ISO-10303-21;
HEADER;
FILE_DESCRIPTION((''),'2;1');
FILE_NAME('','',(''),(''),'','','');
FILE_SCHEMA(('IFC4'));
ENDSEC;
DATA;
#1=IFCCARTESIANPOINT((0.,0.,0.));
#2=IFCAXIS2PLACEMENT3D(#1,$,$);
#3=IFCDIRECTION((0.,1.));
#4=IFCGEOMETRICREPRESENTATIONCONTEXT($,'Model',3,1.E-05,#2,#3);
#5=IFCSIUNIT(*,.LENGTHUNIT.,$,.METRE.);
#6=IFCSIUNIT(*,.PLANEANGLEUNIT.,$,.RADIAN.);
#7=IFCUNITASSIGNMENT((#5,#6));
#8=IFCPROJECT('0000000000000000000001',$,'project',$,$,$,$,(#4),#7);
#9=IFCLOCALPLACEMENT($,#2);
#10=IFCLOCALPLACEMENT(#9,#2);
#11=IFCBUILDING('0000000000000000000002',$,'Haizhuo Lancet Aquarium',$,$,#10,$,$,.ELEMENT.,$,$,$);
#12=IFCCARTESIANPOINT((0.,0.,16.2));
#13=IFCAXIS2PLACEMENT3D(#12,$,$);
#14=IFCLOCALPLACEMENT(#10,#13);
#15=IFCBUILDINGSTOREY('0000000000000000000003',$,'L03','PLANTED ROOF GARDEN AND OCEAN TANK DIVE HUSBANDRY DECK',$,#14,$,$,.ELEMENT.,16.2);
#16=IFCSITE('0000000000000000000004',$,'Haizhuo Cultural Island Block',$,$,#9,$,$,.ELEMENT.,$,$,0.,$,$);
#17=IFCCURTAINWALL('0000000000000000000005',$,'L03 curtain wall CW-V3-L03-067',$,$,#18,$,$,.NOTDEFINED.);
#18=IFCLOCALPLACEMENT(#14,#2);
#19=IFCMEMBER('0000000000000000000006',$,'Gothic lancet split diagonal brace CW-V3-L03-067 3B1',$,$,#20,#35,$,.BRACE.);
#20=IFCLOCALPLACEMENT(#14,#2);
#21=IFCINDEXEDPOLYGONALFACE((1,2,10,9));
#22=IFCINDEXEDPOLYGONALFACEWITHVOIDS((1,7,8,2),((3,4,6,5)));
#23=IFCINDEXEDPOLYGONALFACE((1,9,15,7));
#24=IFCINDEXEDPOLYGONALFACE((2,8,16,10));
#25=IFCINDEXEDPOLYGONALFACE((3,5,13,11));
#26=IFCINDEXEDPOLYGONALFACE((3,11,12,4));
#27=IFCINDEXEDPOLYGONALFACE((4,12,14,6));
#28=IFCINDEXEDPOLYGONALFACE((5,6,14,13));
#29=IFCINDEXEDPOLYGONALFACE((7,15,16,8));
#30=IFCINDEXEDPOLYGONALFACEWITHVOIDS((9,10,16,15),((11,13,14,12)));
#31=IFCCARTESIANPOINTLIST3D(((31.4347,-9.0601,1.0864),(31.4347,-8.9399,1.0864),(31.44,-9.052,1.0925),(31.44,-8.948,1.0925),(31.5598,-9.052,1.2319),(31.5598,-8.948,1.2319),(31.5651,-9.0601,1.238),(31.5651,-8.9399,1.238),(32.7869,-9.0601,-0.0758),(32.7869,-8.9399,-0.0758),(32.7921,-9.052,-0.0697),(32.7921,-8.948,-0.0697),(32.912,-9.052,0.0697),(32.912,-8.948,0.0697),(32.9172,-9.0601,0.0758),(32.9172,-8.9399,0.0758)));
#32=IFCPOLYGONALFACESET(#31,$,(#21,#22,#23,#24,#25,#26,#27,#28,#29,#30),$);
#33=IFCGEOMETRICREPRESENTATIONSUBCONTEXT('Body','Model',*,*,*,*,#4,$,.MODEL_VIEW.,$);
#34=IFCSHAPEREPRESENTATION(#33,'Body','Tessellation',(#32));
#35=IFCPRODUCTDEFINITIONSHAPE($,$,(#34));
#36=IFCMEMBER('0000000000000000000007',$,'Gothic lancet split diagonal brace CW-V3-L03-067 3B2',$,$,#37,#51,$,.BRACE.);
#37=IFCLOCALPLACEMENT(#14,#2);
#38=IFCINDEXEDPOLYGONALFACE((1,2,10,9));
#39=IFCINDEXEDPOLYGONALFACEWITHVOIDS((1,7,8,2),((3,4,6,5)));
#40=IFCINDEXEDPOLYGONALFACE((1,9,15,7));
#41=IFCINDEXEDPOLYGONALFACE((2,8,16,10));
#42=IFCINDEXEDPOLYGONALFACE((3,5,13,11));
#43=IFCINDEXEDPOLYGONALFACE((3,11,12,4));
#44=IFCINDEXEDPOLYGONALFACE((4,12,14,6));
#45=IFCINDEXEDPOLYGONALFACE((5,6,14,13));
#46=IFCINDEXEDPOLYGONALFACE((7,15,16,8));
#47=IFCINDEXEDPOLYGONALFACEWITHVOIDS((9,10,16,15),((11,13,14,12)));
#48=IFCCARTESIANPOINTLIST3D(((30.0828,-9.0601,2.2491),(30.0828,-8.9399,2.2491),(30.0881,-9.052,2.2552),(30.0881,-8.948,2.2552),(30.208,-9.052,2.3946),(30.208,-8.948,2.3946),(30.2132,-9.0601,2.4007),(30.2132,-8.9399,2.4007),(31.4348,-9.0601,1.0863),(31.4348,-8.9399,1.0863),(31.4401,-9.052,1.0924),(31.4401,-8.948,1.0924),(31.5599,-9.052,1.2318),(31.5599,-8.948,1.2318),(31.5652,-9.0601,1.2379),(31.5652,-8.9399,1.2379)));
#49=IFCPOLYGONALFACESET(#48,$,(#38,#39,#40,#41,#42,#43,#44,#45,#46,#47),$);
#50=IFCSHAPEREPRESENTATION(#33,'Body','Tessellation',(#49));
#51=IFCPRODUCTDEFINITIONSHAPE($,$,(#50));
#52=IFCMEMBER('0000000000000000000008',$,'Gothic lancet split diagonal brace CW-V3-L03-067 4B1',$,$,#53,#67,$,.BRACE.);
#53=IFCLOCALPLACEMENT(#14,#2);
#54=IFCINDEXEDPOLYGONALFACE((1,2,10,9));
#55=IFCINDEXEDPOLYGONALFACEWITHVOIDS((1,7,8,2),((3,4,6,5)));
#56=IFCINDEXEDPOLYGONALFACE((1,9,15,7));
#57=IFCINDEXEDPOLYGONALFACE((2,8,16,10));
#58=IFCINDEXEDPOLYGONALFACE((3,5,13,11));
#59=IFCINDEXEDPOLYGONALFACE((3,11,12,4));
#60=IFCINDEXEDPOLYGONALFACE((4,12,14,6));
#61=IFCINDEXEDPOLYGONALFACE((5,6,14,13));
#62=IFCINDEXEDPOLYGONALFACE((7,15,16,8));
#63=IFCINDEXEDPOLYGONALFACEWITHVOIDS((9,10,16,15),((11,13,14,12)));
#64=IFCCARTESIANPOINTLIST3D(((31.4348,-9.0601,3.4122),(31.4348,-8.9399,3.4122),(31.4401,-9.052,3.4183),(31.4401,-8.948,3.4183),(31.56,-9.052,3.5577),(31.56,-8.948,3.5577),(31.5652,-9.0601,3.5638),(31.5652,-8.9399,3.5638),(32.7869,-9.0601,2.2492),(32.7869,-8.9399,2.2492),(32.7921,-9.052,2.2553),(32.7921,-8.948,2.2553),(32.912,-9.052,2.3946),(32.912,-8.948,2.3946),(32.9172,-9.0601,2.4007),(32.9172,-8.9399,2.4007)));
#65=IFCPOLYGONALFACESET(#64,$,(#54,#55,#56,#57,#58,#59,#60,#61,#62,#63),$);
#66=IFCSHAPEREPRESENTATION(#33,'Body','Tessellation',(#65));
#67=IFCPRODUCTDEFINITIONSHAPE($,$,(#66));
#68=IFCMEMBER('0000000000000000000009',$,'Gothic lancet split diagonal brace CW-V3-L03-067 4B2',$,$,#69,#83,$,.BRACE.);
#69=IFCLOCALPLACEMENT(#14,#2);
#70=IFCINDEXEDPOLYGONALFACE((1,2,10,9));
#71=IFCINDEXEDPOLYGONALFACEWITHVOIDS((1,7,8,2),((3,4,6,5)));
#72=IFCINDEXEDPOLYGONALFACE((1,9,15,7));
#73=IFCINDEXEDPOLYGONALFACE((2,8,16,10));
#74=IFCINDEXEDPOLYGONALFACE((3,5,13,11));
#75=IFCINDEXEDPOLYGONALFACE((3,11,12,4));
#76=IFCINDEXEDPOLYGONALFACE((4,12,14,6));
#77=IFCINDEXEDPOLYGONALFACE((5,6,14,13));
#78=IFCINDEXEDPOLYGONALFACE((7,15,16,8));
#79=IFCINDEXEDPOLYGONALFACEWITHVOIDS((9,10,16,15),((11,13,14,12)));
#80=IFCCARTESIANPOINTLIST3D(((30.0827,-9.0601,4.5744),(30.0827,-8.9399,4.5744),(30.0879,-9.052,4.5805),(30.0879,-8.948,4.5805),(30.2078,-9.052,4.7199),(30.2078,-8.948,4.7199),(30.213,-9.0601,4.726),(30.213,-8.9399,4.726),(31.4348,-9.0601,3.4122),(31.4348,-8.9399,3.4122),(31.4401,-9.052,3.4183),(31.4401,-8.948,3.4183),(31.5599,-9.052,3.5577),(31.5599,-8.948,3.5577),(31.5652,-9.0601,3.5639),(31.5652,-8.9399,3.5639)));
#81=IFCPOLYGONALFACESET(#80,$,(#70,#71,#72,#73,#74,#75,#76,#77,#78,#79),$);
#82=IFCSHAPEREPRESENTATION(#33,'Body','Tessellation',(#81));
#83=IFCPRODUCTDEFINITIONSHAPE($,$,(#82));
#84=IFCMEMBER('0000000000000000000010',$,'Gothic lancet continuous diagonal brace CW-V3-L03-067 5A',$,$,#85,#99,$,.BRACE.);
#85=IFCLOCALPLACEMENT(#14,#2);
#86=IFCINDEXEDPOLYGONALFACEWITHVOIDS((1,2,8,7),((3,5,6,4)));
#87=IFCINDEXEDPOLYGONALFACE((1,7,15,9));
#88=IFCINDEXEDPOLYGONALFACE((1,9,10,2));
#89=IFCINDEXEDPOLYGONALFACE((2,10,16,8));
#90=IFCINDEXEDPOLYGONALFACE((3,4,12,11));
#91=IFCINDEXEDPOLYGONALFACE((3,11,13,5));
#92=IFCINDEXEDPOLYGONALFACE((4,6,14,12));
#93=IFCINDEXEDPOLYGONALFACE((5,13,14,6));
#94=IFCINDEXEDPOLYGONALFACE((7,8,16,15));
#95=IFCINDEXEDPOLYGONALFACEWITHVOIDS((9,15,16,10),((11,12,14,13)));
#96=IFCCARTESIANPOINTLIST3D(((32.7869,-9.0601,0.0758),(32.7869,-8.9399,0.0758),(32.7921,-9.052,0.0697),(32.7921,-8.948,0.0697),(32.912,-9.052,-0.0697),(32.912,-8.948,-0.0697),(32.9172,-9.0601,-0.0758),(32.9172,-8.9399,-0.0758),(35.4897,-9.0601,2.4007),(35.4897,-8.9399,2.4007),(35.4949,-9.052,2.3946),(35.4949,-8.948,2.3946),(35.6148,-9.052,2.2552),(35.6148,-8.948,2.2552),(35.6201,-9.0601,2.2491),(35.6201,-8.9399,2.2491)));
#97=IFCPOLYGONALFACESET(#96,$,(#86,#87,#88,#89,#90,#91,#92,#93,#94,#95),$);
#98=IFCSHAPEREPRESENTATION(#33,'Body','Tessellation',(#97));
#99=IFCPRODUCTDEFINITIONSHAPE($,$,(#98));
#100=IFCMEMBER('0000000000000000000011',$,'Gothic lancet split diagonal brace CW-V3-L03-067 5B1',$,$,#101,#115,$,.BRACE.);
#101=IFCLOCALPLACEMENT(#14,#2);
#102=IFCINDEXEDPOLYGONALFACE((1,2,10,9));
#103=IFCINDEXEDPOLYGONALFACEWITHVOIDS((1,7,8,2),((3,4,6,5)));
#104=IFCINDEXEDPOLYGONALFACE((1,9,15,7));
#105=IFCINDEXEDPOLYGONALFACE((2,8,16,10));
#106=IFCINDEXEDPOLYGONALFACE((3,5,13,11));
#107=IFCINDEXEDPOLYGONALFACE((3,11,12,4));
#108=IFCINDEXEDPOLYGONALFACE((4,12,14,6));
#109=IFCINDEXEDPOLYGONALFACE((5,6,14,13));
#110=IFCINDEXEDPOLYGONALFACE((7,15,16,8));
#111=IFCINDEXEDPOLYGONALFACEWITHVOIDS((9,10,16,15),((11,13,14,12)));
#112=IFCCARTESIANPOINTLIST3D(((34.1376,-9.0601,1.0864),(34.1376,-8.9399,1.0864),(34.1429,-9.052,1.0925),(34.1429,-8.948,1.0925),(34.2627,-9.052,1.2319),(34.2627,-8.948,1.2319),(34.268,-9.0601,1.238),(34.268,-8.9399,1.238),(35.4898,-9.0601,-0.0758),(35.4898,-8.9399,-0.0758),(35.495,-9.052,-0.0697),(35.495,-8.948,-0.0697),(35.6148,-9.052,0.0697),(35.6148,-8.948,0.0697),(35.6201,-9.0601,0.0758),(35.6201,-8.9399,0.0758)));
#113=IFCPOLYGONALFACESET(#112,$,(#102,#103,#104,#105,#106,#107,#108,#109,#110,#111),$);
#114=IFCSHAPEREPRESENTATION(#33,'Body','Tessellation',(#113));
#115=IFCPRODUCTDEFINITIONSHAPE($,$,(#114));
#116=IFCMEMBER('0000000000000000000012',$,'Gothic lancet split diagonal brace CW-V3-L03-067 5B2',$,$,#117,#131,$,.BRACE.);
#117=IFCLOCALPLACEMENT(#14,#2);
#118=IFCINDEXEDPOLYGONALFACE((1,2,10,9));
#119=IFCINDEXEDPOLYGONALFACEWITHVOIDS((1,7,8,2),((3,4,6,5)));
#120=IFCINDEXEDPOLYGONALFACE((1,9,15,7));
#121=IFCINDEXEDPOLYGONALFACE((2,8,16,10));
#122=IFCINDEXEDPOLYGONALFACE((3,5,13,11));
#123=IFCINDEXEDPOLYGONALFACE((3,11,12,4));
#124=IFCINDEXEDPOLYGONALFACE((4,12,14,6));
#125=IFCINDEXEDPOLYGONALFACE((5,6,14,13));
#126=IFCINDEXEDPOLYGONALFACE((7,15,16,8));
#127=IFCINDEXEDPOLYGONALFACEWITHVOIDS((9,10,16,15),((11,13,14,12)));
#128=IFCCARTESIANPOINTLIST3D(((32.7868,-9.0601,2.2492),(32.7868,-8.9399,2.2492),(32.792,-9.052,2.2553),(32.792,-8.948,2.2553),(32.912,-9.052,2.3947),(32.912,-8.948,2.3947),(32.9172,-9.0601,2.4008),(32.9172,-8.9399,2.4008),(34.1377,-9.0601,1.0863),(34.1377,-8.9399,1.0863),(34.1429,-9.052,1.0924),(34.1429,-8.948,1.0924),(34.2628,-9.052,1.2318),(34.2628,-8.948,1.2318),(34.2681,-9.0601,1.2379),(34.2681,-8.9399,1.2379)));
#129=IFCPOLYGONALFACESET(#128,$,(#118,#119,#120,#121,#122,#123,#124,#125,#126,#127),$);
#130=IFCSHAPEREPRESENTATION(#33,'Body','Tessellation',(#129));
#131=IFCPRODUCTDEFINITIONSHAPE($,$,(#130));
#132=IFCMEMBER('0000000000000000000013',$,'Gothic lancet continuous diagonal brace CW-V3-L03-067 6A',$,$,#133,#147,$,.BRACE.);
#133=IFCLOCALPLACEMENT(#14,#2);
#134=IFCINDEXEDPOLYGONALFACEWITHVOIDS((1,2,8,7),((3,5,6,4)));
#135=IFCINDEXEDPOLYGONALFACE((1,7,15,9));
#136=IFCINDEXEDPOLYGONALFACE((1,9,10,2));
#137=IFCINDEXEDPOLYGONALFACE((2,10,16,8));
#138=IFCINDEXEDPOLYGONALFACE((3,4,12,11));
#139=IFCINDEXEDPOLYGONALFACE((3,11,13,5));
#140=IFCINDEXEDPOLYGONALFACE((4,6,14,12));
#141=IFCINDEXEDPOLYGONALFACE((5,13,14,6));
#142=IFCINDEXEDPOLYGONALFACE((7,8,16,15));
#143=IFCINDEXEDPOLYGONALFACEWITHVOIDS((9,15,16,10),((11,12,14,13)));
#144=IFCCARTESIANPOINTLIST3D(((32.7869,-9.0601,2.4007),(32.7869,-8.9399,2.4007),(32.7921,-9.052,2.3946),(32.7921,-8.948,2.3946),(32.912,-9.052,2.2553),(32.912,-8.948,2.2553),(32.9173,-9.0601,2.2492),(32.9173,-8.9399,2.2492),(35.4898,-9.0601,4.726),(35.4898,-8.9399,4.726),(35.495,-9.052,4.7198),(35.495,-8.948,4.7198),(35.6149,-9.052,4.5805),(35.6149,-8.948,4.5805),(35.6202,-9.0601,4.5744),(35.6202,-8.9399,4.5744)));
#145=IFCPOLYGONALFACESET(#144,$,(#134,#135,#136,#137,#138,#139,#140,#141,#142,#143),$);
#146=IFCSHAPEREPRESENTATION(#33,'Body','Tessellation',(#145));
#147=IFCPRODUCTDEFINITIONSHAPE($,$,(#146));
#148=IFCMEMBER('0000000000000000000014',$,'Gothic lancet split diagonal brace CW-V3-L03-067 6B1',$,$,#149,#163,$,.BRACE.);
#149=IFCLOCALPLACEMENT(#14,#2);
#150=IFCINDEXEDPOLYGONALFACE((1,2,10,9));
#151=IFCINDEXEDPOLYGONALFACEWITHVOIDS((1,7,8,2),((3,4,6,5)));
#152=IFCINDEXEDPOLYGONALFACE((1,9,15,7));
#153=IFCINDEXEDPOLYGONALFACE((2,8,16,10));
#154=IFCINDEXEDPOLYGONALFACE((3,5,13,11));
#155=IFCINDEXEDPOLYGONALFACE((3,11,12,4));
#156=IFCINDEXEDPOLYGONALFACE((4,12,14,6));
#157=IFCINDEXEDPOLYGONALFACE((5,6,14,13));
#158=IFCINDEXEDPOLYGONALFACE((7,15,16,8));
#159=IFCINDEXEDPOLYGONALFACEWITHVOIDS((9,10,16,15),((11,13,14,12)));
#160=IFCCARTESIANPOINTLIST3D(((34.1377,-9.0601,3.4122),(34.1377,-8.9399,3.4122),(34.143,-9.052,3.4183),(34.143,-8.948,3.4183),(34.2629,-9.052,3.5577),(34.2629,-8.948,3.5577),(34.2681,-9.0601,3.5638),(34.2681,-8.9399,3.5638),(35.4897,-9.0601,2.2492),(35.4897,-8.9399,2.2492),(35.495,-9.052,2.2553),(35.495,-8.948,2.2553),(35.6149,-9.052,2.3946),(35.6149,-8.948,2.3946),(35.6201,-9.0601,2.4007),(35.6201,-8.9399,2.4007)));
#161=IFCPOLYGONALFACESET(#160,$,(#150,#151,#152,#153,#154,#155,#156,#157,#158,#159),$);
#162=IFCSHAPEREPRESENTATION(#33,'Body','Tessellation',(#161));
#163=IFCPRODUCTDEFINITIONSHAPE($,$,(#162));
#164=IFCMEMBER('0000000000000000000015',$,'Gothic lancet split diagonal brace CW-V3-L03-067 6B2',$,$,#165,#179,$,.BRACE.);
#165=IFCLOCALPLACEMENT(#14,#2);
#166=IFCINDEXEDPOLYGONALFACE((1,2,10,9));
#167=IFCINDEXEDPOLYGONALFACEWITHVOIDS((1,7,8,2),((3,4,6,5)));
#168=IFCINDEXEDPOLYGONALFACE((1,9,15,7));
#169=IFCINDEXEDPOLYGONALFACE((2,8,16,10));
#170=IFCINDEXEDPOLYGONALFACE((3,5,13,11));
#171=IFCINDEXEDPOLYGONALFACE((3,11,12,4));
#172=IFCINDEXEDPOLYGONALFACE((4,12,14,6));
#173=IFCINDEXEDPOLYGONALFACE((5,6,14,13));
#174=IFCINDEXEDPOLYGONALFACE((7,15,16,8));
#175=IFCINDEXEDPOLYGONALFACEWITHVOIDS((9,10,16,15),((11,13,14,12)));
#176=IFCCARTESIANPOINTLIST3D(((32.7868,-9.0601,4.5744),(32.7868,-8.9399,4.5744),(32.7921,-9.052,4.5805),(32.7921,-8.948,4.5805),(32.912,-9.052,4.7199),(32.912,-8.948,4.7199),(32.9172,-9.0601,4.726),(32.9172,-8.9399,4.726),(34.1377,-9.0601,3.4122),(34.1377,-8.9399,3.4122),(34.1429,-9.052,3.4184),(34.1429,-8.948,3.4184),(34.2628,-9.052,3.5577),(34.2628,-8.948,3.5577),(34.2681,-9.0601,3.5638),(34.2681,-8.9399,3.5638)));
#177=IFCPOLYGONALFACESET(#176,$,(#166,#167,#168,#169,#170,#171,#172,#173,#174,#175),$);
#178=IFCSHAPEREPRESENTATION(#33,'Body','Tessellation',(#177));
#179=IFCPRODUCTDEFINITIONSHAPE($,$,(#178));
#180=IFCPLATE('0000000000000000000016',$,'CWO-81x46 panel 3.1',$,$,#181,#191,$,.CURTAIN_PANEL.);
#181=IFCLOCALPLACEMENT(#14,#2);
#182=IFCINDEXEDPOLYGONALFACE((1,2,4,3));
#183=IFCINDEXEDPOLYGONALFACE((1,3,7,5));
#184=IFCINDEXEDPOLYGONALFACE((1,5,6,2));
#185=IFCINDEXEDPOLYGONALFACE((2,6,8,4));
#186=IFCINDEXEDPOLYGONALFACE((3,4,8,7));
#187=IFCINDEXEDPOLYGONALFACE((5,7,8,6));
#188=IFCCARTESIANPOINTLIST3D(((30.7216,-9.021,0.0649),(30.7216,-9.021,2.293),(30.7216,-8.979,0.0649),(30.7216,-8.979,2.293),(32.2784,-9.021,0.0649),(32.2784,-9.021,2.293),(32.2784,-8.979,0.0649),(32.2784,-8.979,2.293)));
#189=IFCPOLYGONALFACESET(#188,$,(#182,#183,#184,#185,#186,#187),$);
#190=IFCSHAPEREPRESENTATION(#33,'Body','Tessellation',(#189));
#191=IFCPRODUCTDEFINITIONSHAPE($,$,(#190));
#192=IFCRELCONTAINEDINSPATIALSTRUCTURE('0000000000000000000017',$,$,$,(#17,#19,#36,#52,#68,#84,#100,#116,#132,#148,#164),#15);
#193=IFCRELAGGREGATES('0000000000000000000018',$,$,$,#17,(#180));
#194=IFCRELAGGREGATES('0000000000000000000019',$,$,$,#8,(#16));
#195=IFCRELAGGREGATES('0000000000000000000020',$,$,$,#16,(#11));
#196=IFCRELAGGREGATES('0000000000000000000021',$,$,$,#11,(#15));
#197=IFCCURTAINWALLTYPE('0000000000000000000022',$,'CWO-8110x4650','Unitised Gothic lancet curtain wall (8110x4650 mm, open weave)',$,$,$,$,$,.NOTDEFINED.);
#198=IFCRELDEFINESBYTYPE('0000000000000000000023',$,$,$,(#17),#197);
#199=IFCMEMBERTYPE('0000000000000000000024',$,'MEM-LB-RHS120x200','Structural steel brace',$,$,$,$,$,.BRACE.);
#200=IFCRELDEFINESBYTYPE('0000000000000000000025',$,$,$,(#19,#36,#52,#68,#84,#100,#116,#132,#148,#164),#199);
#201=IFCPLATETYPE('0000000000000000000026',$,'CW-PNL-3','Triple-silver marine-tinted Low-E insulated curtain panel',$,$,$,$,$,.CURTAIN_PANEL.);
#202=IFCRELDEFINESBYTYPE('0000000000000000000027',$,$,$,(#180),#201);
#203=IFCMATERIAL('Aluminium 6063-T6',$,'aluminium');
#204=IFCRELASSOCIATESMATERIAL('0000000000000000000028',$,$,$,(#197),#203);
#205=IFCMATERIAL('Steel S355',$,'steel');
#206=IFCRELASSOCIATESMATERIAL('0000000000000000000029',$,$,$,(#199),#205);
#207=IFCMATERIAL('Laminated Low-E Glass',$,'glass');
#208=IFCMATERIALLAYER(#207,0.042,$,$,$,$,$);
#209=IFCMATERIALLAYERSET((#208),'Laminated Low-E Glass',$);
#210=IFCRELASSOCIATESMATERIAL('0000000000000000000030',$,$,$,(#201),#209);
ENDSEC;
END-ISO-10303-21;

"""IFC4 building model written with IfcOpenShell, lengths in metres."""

from ifc_helpers import new_model, si_unit, direction, frame, origin, origin_2d, place, context, subcontext, project, spatial, rectangle, hollow_rectangle, extrude, material, layer, layer_set, material_profile, profile_set, type_object, element, aggregate, save


model = new_model("IFC4")

# Units and contexts
model_context = context("Model", 3, precision=1e-05, world=origin(), true_north=direction((0.0, 1.0)))
body_context = subcontext(model_context, "Body", "Model", "MODEL_VIEW")
ifc_project = project(units=[si_unit("LENGTHUNIT", "METRE"), si_unit("PLANEANGLEUNIT", "RADIAN")], contexts=[model_context])

# Site, building, storey
site_placement = place(None, origin())
site = spatial("IfcSite", under=ifc_project, at=site_placement, Name="Haizhuo Cultural Island Block", CompositionType="ELEMENT", RefElevation=0.0)
building_placement = place(site_placement, origin())
building = spatial("IfcBuilding", under=site, at=building_placement, Name="Haizhuo Lancet Aquarium", CompositionType="ELEMENT")
storey_placement = place(building_placement, frame((0.0, 0.0, 16.2)))
storey = spatial("IfcBuildingStorey", under=building, at=storey_placement, Name="L03", Description="PLANTED ROOF GARDEN AND OCEAN TANK DIVE HUSBANDRY DECK", CompositionType="ELEMENT", Elevation=16.2)

# Curtain wall
ifc_material_1 = material(Name="Aluminium 6063-T6", Category="aluminium")
curtain_wall_type = type_object("IfcCurtainWallType", Name="CWO-8110x4650", Description="Unitised Gothic lancet curtain wall (8110x4650 mm, open weave)", PredefinedType="NOTDEFINED", material=ifc_material_1)
curtain_wall_placement = place(storey_placement, origin())
curtain_wall = element("IfcCurtainWall", 1, at=curtain_wall_placement, inside=storey, type_object=curtain_wall_type, Name="L03 curtain wall CW-V3-L03-067", PredefinedType="NOTDEFINED")

# Members
ifc_material_2 = material(Name="Steel S355", Category="steel")
ifc_material_profile_1 = material_profile(ifc_material_2, hollow_rectangle(XDim=0.1201, YDim=0.2, WallThickness=0.0081, at=origin_2d()), Name="RHS 120x200x8")
ifc_profile_set_1 = profile_set([ifc_material_profile_1], Name="Steel S355")
member_type_1 = type_object("IfcMemberType", Name="MEM-LB-RHS120x200", Description="Structural steel brace", PredefinedType="BRACE", material=ifc_profile_set_1)
member_1_placement = place(storey_placement, frame((32.8521, -9.0, 0.0), z_axis=(-0.758367, 0.0, 0.651828), x_axis=(0.0, -1.0, 0.0)))
element("IfcMember", 2, at=member_1_placement, inside=storey, type_object=member_type_1, Name="Gothic lancet split diagonal brace CW-V3-L03-067 3B1", PredefinedType="BRACE", context=body_context, shape_type="SweptSolid", body=[
    extrude(hollow_rectangle(XDim=0.1201, YDim=0.2, WallThickness=0.0081, at=origin_2d()), origin(), (0.0, 0.0, 1.0), 1.783),
])
member_2_placement = place(storey_placement, frame((31.5, -9.0, 1.1621), z_axis=(-0.758164, 0.0, 0.652064), x_axis=(0.0, -1.0, 0.0)))
element("IfcMember", 3, at=member_2_placement, inside=storey, type_object=member_type_1, Name="Gothic lancet split diagonal brace CW-V3-L03-067 3B2", PredefinedType="BRACE", context=body_context, shape_type="SweptSolid", body=[
    extrude(hollow_rectangle(XDim=0.1201, YDim=0.2, WallThickness=0.0081, at=origin_2d()), origin(), (0.0, 0.0, 1.0), 1.7832),
])
member_3_placement = place(storey_placement, frame((32.8521, -9.0, 2.325), z_axis=(-0.758096, 0.0, 0.652143), x_axis=(0.0, -1.0, 0.0)))
element("IfcMember", 4, at=member_3_placement, inside=storey, type_object=member_type_1, Name="Gothic lancet split diagonal brace CW-V3-L03-067 4B1", PredefinedType="BRACE", context=body_context, shape_type="SweptSolid", body=[
    extrude(hollow_rectangle(XDim=0.1201, YDim=0.2, WallThickness=0.0081, at=origin_2d()), origin(), (0.0, 0.0, 1.0), 1.7834),
])
member_4_placement = place(storey_placement, frame((31.5, -9.0, 3.488), z_axis=(-0.758367, 0.0, 0.651828), x_axis=(0.0, -1.0, 0.0)))
element("IfcMember", 5, at=member_4_placement, inside=storey, type_object=member_type_1, Name="Gothic lancet split diagonal brace CW-V3-L03-067 4B2", PredefinedType="BRACE", context=body_context, shape_type="SweptSolid", body=[
    extrude(hollow_rectangle(XDim=0.1201, YDim=0.2, WallThickness=0.0081, at=origin_2d()), origin(), (0.0, 0.0, 1.0), 1.783),
])
member_5_placement = place(storey_placement, frame((32.8521, -9.0, 0.0), z_axis=(0.75812, 0.0, 0.652116), x_axis=(0.0, 1.0, 0.0)))
element("IfcMember", 6, at=member_5_placement, inside=storey, type_object=member_type_1, Name="Gothic lancet continuous diagonal brace CW-V3-L03-067 5A", PredefinedType="BRACE", context=body_context, shape_type="SweptSolid", body=[
    extrude(hollow_rectangle(XDim=0.1201, YDim=0.2, WallThickness=0.0081, at=origin_2d()), origin(), (0.0, 0.0, 1.0), 3.5652),
])
member_6_placement = place(storey_placement, frame((35.5549, -9.0, 0.0), z_axis=(-0.758367, 0.0, 0.651828), x_axis=(0.0, -1.0, 0.0)))
element("IfcMember", 7, at=member_6_placement, inside=storey, type_object=member_type_1, Name="Gothic lancet split diagonal brace CW-V3-L03-067 5B1", PredefinedType="BRACE", context=body_context, shape_type="SweptSolid", body=[
    extrude(hollow_rectangle(XDim=0.1201, YDim=0.2, WallThickness=0.0081, at=origin_2d()), origin(), (0.0, 0.0, 1.0), 1.783),
])
member_7_placement = place(storey_placement, frame((34.2029, -9.0, 1.1621), z_axis=(-0.757872, 0.0, 0.652403), x_axis=(0.0, -1.0, 0.0)))
element("IfcMember", 8, at=member_7_placement, inside=storey, type_object=member_type_1, Name="Gothic lancet split diagonal brace CW-V3-L03-067 5B2", PredefinedType="BRACE", context=body_context, shape_type="SweptSolid", body=[
    extrude(hollow_rectangle(XDim=0.1201, YDim=0.2, WallThickness=0.0081, at=origin_2d()), origin(), (0.0, 0.0, 1.0), 1.7825),
])
member_8_placement = place(storey_placement, frame((32.8521, -9.0, 2.325), z_axis=(0.758086, 0.0, 0.652155), x_axis=(0.0, 1.0, 0.0)))
element("IfcMember", 9, at=member_8_placement, inside=storey, type_object=member_type_1, Name="Gothic lancet continuous diagonal brace CW-V3-L03-067 6A", PredefinedType="BRACE", context=body_context, shape_type="SweptSolid", body=[
    extrude(hollow_rectangle(XDim=0.1201, YDim=0.2, WallThickness=0.0081, at=origin_2d()), origin(), (0.0, 0.0, 1.0), 3.5654),
])
member_9_placement = place(storey_placement, frame((35.5549, -9.0, 2.325), z_axis=(-0.758096, 0.0, 0.652143), x_axis=(0.0, -1.0, 0.0)))
element("IfcMember", 10, at=member_9_placement, inside=storey, type_object=member_type_1, Name="Gothic lancet split diagonal brace CW-V3-L03-067 6B1", PredefinedType="BRACE", context=body_context, shape_type="SweptSolid", body=[
    extrude(hollow_rectangle(XDim=0.1201, YDim=0.2, WallThickness=0.0081, at=origin_2d()), origin(), (0.0, 0.0, 1.0), 1.7834),
])
member_10_placement = place(storey_placement, frame((34.2029, -9.0, 3.488), z_axis=(-0.758075, 0.0, 0.652167), x_axis=(0.0, -1.0, 0.0)))
element("IfcMember", 11, at=member_10_placement, inside=storey, type_object=member_type_1, Name="Gothic lancet split diagonal brace CW-V3-L03-067 6B2", PredefinedType="BRACE", context=body_context, shape_type="SweptSolid", body=[
    extrude(hollow_rectangle(XDim=0.1201, YDim=0.2, WallThickness=0.0081, at=origin_2d()), origin(), (0.0, 0.0, 1.0), 1.782),
])

# Plate
ifc_material_3 = material(Name="Laminated Low-E Glass", Category="glass")
ifc_layer = layer(ifc_material_3, 0.042)
ifc_layer_set = layer_set([ifc_layer], Name="Laminated Low-E Glass")
plate_type = type_object("IfcPlateType", Name="CW-PNL-3", Description="Triple-silver marine-tinted Low-E insulated curtain panel", PredefinedType="CURTAIN_PANEL", material=ifc_layer_set)
plate_1_placement = place(storey_placement, frame((31.5, -9.0, 0.0649), z_axis=(0.0, 0.0, 1.0), x_axis=(1.0, 0.0, 0.0)))
plate_1 = element("IfcPlate", 12, at=plate_1_placement, type_object=plate_type, Name="CWO-81x46 panel 3.1", PredefinedType="CURTAIN_PANEL", context=body_context, shape_type="SweptSolid", body=[
    extrude(rectangle(XDim=1.5569, YDim=0.042, at=origin_2d()), origin(), (0.0, 0.0, 1.0), 2.228),
])
aggregate(curtain_wall, [plate_1])

save(model, "model.ifc")
